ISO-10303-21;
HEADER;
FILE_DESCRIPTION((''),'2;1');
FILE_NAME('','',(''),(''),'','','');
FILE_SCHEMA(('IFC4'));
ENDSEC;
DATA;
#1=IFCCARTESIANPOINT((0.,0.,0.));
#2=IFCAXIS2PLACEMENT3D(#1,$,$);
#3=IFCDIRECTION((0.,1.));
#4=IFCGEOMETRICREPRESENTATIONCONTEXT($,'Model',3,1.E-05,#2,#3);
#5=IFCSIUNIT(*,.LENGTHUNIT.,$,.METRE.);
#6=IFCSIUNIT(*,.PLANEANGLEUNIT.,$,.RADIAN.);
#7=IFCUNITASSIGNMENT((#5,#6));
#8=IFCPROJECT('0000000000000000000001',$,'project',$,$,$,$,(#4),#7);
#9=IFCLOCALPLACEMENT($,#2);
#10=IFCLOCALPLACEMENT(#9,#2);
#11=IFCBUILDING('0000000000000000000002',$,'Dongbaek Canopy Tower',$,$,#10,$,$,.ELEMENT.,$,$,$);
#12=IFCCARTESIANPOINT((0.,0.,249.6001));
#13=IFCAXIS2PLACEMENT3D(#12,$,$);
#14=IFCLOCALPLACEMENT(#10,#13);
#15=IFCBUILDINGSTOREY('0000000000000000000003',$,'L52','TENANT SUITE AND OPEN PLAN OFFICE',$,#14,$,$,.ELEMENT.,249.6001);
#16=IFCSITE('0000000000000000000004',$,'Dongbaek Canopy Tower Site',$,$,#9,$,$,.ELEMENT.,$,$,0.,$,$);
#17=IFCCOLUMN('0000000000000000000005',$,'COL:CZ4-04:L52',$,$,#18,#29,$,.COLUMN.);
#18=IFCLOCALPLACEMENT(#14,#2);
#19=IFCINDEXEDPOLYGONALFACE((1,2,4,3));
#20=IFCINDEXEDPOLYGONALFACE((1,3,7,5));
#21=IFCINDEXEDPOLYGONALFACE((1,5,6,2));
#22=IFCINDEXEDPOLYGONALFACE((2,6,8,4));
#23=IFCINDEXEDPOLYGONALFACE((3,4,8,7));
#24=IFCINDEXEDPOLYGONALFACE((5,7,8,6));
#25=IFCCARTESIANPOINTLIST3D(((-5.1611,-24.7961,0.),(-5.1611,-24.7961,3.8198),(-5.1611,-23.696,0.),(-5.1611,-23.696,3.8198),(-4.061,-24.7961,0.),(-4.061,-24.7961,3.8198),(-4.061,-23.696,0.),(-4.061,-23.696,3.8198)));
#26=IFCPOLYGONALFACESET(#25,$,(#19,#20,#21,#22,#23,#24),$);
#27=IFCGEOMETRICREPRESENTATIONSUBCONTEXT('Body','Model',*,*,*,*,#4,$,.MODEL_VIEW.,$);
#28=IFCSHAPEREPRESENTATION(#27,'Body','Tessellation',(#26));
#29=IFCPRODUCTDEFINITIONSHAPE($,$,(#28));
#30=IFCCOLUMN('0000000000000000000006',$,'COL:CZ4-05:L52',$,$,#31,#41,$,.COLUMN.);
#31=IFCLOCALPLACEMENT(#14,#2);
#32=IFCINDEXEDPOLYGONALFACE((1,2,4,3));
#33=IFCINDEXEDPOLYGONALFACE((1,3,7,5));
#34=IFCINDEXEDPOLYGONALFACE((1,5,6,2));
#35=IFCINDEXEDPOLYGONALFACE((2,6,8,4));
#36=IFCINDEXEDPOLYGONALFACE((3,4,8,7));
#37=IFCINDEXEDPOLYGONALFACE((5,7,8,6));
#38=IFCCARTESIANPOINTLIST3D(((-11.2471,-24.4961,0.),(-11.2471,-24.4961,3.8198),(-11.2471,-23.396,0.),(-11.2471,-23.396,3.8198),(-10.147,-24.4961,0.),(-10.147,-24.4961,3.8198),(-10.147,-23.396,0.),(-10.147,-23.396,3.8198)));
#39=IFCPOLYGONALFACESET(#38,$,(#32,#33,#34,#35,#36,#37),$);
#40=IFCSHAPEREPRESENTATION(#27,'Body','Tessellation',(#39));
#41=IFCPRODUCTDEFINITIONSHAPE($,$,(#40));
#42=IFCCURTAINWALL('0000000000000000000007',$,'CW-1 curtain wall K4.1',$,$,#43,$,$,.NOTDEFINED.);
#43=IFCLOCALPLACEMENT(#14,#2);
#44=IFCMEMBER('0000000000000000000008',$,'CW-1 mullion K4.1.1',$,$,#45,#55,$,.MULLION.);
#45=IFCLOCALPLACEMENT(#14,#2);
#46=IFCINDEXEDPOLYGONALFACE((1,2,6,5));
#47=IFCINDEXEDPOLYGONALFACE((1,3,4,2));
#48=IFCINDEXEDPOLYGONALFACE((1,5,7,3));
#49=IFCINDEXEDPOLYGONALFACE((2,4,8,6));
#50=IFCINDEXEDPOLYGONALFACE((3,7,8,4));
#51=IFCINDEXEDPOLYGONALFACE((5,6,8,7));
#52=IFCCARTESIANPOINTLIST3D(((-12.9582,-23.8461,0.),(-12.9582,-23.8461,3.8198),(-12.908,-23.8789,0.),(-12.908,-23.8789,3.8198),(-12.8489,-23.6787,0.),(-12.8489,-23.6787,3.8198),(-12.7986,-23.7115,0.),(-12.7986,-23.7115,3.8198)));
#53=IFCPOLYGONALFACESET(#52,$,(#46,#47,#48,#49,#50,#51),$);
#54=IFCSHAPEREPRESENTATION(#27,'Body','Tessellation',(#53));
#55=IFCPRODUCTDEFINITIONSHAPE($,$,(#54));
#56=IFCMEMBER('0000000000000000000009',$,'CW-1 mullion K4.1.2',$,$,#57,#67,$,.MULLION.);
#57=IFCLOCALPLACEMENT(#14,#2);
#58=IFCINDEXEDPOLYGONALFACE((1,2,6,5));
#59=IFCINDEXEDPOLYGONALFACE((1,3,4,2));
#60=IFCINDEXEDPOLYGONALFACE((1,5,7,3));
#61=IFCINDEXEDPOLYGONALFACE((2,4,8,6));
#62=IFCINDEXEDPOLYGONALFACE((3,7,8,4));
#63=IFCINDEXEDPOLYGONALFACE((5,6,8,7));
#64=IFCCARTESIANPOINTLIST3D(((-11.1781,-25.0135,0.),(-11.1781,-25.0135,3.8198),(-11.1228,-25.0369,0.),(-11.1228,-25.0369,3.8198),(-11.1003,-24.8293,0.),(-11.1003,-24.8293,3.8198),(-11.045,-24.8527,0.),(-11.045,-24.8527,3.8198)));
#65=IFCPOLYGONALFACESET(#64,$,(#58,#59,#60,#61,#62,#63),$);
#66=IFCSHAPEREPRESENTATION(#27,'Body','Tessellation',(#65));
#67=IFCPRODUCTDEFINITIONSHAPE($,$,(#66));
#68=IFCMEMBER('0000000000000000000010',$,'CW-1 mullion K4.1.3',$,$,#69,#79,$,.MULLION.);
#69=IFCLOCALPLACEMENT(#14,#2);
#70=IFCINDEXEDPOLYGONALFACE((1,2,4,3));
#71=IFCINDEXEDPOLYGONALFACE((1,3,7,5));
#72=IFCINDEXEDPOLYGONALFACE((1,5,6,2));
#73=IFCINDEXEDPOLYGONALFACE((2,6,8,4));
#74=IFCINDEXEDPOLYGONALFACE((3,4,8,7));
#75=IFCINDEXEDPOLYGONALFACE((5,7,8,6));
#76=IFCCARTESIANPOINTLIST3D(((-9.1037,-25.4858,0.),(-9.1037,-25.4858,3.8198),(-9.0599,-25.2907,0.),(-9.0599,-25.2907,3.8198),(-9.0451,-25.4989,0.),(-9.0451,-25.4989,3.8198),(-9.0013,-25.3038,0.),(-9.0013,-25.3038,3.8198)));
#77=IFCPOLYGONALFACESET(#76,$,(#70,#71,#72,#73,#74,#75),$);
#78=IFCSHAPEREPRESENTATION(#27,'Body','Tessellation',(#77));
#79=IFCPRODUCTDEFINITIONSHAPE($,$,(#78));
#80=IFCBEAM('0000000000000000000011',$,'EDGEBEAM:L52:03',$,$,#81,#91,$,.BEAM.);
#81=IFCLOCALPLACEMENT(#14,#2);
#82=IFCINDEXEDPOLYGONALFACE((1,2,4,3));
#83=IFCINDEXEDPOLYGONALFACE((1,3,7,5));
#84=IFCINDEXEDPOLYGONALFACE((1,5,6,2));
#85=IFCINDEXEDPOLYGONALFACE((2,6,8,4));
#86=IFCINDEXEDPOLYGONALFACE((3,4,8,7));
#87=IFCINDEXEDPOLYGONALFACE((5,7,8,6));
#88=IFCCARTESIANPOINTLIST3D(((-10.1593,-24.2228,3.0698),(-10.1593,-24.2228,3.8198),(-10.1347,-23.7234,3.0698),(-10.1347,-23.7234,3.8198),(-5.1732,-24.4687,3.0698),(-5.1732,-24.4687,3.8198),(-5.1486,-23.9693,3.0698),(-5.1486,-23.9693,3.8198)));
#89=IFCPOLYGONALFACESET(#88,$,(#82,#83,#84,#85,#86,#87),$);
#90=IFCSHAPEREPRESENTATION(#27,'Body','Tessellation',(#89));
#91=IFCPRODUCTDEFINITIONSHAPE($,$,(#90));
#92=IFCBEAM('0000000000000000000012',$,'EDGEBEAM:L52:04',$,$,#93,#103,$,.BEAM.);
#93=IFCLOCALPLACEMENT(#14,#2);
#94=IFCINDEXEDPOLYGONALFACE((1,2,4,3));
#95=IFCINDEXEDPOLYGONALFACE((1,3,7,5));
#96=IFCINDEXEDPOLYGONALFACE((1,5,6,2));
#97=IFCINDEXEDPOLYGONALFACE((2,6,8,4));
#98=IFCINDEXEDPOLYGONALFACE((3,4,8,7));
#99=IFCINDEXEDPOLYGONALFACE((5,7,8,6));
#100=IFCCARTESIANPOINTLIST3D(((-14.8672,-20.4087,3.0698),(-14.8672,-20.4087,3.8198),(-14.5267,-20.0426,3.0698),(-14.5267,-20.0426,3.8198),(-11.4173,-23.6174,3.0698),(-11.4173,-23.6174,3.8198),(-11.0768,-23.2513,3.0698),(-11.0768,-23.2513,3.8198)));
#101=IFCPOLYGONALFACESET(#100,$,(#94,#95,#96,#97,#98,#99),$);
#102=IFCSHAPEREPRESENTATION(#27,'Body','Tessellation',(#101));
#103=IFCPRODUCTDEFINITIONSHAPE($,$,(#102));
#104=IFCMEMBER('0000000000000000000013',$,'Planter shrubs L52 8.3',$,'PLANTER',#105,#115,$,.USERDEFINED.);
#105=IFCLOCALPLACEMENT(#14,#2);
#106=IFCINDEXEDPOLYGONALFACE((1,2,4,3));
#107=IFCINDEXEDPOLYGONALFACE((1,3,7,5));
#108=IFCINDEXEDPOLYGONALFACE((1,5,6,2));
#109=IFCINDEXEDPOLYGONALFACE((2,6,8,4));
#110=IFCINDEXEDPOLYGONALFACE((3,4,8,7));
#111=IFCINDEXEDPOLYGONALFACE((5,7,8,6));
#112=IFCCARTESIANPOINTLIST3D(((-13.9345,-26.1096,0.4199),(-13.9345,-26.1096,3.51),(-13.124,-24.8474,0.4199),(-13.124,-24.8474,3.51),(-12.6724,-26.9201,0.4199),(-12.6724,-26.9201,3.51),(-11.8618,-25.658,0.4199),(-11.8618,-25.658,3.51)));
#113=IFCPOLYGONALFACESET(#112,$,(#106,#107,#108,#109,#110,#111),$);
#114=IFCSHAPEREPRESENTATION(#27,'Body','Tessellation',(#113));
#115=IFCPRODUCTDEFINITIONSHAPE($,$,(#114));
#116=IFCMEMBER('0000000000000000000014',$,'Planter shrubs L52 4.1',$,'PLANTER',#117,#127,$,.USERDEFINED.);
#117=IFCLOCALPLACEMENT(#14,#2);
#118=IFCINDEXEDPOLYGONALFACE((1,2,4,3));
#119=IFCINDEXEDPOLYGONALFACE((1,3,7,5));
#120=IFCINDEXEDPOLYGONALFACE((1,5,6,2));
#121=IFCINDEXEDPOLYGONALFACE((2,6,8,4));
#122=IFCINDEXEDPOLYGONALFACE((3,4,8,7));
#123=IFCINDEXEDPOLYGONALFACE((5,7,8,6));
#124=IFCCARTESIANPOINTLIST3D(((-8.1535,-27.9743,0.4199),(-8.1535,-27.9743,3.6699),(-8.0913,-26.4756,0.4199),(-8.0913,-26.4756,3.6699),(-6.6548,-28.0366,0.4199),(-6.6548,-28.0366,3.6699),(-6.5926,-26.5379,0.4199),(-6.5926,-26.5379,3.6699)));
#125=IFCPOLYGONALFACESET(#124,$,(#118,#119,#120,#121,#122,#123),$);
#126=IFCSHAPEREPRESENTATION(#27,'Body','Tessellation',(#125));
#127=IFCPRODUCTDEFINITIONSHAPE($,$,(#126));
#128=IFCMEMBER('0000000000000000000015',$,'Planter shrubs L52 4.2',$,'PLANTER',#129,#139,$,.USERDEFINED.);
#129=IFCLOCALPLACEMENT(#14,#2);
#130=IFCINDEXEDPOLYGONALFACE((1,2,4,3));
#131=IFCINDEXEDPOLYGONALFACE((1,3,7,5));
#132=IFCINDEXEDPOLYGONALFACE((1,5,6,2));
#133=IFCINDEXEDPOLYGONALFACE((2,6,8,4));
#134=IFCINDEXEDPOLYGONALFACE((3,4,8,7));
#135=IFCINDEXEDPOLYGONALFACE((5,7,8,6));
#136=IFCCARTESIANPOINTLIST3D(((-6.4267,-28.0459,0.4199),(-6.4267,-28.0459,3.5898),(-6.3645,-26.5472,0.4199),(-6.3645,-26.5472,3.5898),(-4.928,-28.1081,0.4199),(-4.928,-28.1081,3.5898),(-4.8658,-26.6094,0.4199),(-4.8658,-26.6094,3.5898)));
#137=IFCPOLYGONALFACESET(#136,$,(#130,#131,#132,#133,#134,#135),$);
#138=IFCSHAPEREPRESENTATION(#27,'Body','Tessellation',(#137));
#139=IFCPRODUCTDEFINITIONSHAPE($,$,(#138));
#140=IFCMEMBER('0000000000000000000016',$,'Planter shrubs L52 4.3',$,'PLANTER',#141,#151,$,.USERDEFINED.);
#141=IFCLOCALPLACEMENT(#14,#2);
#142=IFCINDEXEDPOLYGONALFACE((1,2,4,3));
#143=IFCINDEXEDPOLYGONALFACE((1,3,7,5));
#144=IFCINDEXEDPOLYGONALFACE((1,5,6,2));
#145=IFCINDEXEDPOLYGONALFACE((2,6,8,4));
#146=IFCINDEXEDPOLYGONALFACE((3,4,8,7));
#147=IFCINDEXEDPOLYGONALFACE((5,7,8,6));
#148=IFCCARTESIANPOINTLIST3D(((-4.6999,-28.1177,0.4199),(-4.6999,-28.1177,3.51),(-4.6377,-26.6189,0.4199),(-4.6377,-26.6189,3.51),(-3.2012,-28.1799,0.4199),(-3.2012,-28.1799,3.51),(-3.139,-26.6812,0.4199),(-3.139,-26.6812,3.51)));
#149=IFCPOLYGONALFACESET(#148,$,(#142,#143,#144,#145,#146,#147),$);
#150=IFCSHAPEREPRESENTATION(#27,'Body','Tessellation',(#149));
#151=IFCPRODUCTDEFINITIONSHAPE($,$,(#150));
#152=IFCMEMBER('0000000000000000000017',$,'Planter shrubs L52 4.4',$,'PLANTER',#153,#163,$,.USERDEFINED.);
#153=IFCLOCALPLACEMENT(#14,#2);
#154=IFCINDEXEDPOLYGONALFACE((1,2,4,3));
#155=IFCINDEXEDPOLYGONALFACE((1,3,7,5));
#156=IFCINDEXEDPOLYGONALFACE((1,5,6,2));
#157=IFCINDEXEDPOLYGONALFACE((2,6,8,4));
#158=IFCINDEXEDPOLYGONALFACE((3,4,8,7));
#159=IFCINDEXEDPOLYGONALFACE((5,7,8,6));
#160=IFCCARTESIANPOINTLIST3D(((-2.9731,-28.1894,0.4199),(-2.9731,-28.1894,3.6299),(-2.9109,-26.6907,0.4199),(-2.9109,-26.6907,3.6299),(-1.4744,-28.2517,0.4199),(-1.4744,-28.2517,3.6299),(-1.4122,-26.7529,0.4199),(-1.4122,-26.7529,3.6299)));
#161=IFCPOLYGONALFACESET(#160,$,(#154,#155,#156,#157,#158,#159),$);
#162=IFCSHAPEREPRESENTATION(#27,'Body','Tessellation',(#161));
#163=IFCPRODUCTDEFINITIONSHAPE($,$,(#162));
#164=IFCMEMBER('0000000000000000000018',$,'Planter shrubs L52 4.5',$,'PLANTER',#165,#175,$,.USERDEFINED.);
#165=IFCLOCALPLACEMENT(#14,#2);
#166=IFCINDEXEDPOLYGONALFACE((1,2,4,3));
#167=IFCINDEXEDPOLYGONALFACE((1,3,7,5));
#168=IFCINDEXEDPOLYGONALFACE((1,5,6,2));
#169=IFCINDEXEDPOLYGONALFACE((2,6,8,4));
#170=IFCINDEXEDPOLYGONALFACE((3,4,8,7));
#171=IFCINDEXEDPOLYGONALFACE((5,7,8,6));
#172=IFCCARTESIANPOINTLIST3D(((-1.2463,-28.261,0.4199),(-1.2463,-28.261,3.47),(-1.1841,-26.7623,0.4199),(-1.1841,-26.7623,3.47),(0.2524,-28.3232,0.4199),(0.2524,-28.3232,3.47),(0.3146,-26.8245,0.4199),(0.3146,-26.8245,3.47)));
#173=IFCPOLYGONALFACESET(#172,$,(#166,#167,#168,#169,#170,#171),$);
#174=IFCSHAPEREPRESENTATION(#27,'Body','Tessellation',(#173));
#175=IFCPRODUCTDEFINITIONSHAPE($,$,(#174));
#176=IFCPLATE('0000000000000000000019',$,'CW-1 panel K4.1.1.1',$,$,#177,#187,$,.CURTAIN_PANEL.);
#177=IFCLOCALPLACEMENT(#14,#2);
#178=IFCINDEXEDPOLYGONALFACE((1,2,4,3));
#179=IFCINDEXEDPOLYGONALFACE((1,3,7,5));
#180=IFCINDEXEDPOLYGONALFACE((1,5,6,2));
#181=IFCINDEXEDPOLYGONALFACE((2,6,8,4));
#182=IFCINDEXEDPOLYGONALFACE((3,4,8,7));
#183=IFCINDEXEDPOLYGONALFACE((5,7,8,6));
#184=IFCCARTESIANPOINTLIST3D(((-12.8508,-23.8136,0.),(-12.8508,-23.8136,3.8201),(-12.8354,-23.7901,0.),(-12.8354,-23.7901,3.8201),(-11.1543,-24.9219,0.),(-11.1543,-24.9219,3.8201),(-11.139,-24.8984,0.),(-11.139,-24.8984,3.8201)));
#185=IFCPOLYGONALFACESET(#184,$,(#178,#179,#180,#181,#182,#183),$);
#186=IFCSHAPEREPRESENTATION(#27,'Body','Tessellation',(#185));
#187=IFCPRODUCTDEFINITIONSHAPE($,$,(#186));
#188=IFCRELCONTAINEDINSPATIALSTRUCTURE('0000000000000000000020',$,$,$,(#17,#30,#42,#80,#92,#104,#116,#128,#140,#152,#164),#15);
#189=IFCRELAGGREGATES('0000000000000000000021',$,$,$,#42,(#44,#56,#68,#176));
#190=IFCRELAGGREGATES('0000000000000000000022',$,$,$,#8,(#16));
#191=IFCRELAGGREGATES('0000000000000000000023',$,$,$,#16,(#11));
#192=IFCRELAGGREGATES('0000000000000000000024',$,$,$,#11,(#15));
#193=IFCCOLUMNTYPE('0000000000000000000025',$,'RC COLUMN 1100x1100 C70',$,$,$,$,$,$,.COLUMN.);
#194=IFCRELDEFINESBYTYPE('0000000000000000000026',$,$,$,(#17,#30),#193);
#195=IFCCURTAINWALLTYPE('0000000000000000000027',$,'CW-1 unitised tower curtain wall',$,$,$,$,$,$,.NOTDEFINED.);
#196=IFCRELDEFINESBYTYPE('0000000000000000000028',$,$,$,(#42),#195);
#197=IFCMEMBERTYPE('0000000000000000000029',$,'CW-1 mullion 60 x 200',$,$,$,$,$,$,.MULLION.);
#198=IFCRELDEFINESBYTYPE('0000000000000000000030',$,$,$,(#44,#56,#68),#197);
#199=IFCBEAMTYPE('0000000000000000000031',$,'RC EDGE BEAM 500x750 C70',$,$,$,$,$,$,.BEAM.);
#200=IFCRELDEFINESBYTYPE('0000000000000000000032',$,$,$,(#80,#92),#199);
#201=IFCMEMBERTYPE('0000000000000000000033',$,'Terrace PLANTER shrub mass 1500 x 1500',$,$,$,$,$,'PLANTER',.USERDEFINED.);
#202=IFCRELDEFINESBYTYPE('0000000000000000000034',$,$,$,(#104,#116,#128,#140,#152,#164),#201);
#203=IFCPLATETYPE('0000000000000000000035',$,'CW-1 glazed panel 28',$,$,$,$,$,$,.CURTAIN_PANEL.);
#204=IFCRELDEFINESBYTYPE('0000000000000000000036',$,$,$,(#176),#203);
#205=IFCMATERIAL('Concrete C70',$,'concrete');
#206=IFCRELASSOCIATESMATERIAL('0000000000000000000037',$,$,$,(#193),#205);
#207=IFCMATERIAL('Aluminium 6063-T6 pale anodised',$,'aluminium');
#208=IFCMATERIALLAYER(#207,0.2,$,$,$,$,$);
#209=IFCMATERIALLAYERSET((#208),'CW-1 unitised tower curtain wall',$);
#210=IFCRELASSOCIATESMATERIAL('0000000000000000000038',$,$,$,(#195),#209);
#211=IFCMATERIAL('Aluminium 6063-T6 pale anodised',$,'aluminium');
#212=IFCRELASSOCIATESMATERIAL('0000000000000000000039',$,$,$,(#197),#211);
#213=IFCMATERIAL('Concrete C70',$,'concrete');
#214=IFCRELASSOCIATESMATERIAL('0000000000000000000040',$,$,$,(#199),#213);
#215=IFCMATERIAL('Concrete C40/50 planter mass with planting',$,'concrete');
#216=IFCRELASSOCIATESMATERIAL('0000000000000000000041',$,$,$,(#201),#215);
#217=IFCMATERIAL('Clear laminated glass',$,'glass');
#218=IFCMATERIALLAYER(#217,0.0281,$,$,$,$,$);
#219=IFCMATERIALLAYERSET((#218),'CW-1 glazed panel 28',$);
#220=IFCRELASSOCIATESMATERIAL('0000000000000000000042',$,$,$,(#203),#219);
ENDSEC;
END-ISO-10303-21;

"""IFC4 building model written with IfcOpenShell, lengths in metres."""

from ifc_helpers import new_model, si_unit, direction, frame, origin, origin_2d, place, context, subcontext, project, spatial, rectangle, extrude, material, layer, layer_set, material_profile, profile_set, type_object, element, aggregate, save


model = new_model("IFC4")

# Units and contexts
model_context = context("Model", 3, precision=1e-05, world=origin(), true_north=direction((0.0, 1.0)))
body_context = subcontext(model_context, "Body", "Model", "MODEL_VIEW")
ifc_project = project(units=[si_unit("LENGTHUNIT", "METRE"), si_unit("PLANEANGLEUNIT", "RADIAN")], contexts=[model_context])

# Site, building, storey
site_placement = place(None, origin())
site = spatial("IfcSite", under=ifc_project, at=site_placement, Name="Dongbaek Canopy Tower Site", CompositionType="ELEMENT", RefElevation=0.0)
building_placement = place(site_placement, origin())
building = spatial("IfcBuilding", under=site, at=building_placement, Name="Dongbaek Canopy Tower", CompositionType="ELEMENT")
storey_placement = place(building_placement, frame((0.0, 0.0, 249.6001)))
storey = spatial("IfcBuildingStorey", under=building, at=storey_placement, Name="L52", Description="TENANT SUITE AND OPEN PLAN OFFICE", CompositionType="ELEMENT", Elevation=249.6001)

# Columns
ifc_material_1 = material(Name="Concrete C70", Category="concrete")
ifc_material_profile_1 = material_profile(ifc_material_1, rectangle(XDim=1.1001, YDim=1.1001, at=origin_2d()), Name="RC COLUMN 1100x1100 C70")
ifc_profile_set_1 = profile_set([ifc_material_profile_1], Name="Concrete C70")
column_type = type_object("IfcColumnType", Name="RC COLUMN 1100x1100 C70", PredefinedType="COLUMN", material=ifc_profile_set_1)
for number, where, z_axis, x_axis, name in (
    (1, (-4.6111, -24.2461, 0.0), (0.0, 0.0, 1.0), (1.0, 0.0, 0.0), "COL:CZ4-04:L52"),
    (2, (-10.697, -23.946, 0.0), (0.0, 0.0, 1.0), (1.0, 0.0, 0.0), "COL:CZ4-05:L52"),
):
    element("IfcColumn", number, at=place(storey_placement, frame(where, z_axis=z_axis, x_axis=x_axis)), inside=storey, type_object=column_type, Name=name, PredefinedType="COLUMN", context=body_context, shape_type="SweptSolid", body=[
        extrude(rectangle(XDim=1.1001, YDim=1.1001, at=origin_2d()), origin(), (0.0, 0.0, 1.0), 3.8198),
    ])

# Curtain wall, members
ifc_material_2 = material(Name="Aluminium 6063-T6 pale anodised", Category="aluminium")
ifc_layer_1 = layer(ifc_material_2, 0.2)
ifc_layer_set_1 = layer_set([ifc_layer_1], Name="CW-1 unitised tower curtain wall")
curtain_wall_type = type_object("IfcCurtainWallType", Name="CW-1 unitised tower curtain wall", PredefinedType="NOTDEFINED", material=ifc_layer_set_1)
curtain_wall_placement = place(storey_placement, origin())
curtain_wall = element("IfcCurtainWall", 3, at=curtain_wall_placement, inside=storey, type_object=curtain_wall_type, Name="CW-1 curtain wall K4.1", PredefinedType="NOTDEFINED")
ifc_material_3 = material(Name="Aluminium 6063-T6 pale anodised", Category="aluminium")
ifc_material_profile_2 = material_profile(ifc_material_3, rectangle(XDim=0.2, YDim=0.0601, at=origin_2d()), Name="CW-1 mullion 60 x 200")
ifc_profile_set_2 = profile_set([ifc_material_profile_2], Name="Aluminium 6063-T6 pale anodised")
member_type_1 = type_object("IfcMemberType", Name="CW-1 mullion 60 x 200", PredefinedType="MULLION", material=ifc_profile_set_2)
member_1_placement = place(storey_placement, frame((-12.8784, -23.7788, 0.0), z_axis=(0.0, 0.0, 1.0), x_axis=(-0.546938, -0.837173, 0.0)))
member_1 = element("IfcMember", 4, at=member_1_placement, type_object=member_type_1, Name="CW-1 mullion K4.1.1", PredefinedType="MULLION", context=body_context, shape_type="SweptSolid", body=[
    extrude(rectangle(XDim=0.2, YDim=0.0601, at=origin_2d()), origin(), (0.0, 0.0, 1.0), 3.8198),
])
member_2_placement = place(storey_placement, frame((-11.1116, -24.9331, 0.0), z_axis=(0.0, 0.0, 1.0), x_axis=(-0.38908, -0.921204, 0.0)))
member_2 = element("IfcMember", 5, at=member_2_placement, type_object=member_type_1, Name="CW-1 mullion K4.1.2", PredefinedType="MULLION", context=body_context, shape_type="SweptSolid", body=[
    extrude(rectangle(XDim=0.2, YDim=0.0601, at=origin_2d()), origin(), (0.0, 0.0, 1.0), 3.8198),
])
member_3_placement = place(storey_placement, frame((-9.0525, -25.3948, 0.0), z_axis=(0.0, 0.0, 1.0), x_axis=(-0.218779, -0.975774, 0.0)))
member_3 = element("IfcMember", 6, at=member_3_placement, type_object=member_type_1, Name="CW-1 mullion K4.1.3", PredefinedType="MULLION", context=body_context, shape_type="SweptSolid", body=[
    extrude(rectangle(XDim=0.2, YDim=0.0601, at=origin_2d()), origin(), (0.0, 0.0, 1.0), 3.8198),
])

# Beams
ifc_material_4 = material(Name="Concrete C70", Category="concrete")
ifc_material_profile_3 = material_profile(ifc_material_4, rectangle(XDim=0.5, YDim=0.75, at=origin_2d()), Name="RC EDGE BEAM 500x750 C70")
ifc_profile_set_3 = profile_set([ifc_material_profile_3], Name="Concrete C70")
beam_type = type_object("IfcBeamType", Name="RC EDGE BEAM 500x750 C70", PredefinedType="BEAM", material=ifc_profile_set_3)
beam_1_placement = place(storey_placement, frame((-5.1609, -24.219, 3.4448), z_axis=(-0.998787, 0.049247, 0.0), x_axis=(-0.049247, -0.998787, 0.0)))
element("IfcBeam", 7, at=beam_1_placement, inside=storey, type_object=beam_type, Name="EDGEBEAM:L52:03", PredefinedType="BEAM", context=body_context, shape_type="SweptSolid", body=[
    extrude(rectangle(XDim=0.5, YDim=0.75, at=origin_2d()), origin(), (0.0, 0.0, 1.0), 4.9922),
])
beam_2_placement = place(storey_placement, frame((-11.2471, -23.4343, 3.4448), z_axis=(-0.732241, 0.681045, 0.0), x_axis=(-0.681045, -0.732241, 0.0)))
element("IfcBeam", 8, at=beam_2_placement, inside=storey, type_object=beam_type, Name="EDGEBEAM:L52:04", PredefinedType="BEAM", context=body_context, shape_type="SweptSolid", body=[
    extrude(rectangle(XDim=0.5, YDim=0.75, at=origin_2d()), origin(), (0.0, 0.0, 1.0), 4.7114),
])

# Members
ifc_material_5 = material(Name="Concrete C40/50 planter mass with planting", Category="concrete")
ifc_material_profile_4 = material_profile(ifc_material_5, rectangle(XDim=1.5, YDim=1.5, at=origin_2d()), Name="Terrace PLANTER shrub mass 1500 x 1500")
ifc_profile_set_4 = profile_set([ifc_material_profile_4], Name="Concrete C40/50 planter mass with planting")
member_type_2 = type_object("IfcMemberType", Name="Terrace PLANTER shrub mass 1500 x 1500", ElementType="PLANTER", PredefinedType="USERDEFINED", material=ifc_profile_set_4)
member_4_placement = place(storey_placement, frame((-12.8982, -25.8838, 0.4199), z_axis=(0.0, 0.0, 1.0), x_axis=(-0.540374, -0.841425, 0.0)))
element("IfcMember", 9, at=member_4_placement, inside=storey, type_object=member_type_2, Name="Planter shrubs L52 8.3", ObjectType="PLANTER", PredefinedType="USERDEFINED", context=body_context, shape_type="SweptSolid", body=[
    extrude(rectangle(XDim=1.5, YDim=1.5, at=origin_2d()), origin(), (0.0, 0.0, 1.0), 3.0901),
])
member_5_placement = place(storey_placement, frame((-7.373, -27.2561, 0.4199), z_axis=(0.0, 0.0, 1.0), x_axis=(-0.041481, -0.999139, 0.0)))
element("IfcMember", 10, at=member_5_placement, inside=storey, type_object=member_type_2, Name="Planter shrubs L52 4.1", ObjectType="PLANTER", PredefinedType="USERDEFINED", context=body_context, shape_type="SweptSolid", body=[
    extrude(rectangle(XDim=1.5, YDim=1.5, at=origin_2d()), origin(), (0.0, 0.0, 1.0), 3.25),
])
member_6_placement = place(storey_placement, frame((-5.6462, -27.3276, 0.4199), z_axis=(0.0, 0.0, 1.0), x_axis=(-0.041481, -0.999139, 0.0)))
element("IfcMember", 11, at=member_6_placement, inside=storey, type_object=member_type_2, Name="Planter shrubs L52 4.2", ObjectType="PLANTER", PredefinedType="USERDEFINED", context=body_context, shape_type="SweptSolid", body=[
    extrude(rectangle(XDim=1.5, YDim=1.5, at=origin_2d()), origin(), (0.0, 0.0, 1.0), 3.1699),
])
member_7_placement = place(storey_placement, frame((-3.9194, -27.3994, 0.4199), z_axis=(0.0, 0.0, 1.0), x_axis=(-0.041481, -0.999139, 0.0)))
element("IfcMember", 12, at=member_7_placement, inside=storey, type_object=member_type_2, Name="Planter shrubs L52 4.3", ObjectType="PLANTER", PredefinedType="USERDEFINED", context=body_context, shape_type="SweptSolid", body=[
    extrude(rectangle(XDim=1.5, YDim=1.5, at=origin_2d()), origin(), (0.0, 0.0, 1.0), 3.0901),
])
member_8_placement = place(storey_placement, frame((-2.1926, -27.4712, 0.4199), z_axis=(0.0, 0.0, 1.0), x_axis=(-0.041481, -0.999139, 0.0)))
element("IfcMember", 13, at=member_8_placement, inside=storey, type_object=member_type_2, Name="Planter shrubs L52 4.4", ObjectType="PLANTER", PredefinedType="USERDEFINED", context=body_context, shape_type="SweptSolid", body=[
    extrude(rectangle(XDim=1.5, YDim=1.5, at=origin_2d()), origin(), (0.0, 0.0, 1.0), 3.21),
])
member_9_placement = place(storey_placement, frame((-0.4658, -27.5427, 0.4199), z_axis=(0.0, 0.0, 1.0), x_axis=(-0.041481, -0.999139, 0.0)))
element("IfcMember", 14, at=member_9_placement, inside=storey, type_object=member_type_2, Name="Planter shrubs L52 4.5", ObjectType="PLANTER", PredefinedType="USERDEFINED", context=body_context, shape_type="SweptSolid", body=[
    extrude(rectangle(XDim=1.5, YDim=1.5, at=origin_2d()), origin(), (0.0, 0.0, 1.0), 3.05),
])

# Plate
ifc_material_6 = material(Name="Clear laminated glass", Category="glass")
ifc_layer_2 = layer(ifc_material_6, 0.0281)
ifc_layer_set_2 = layer_set([ifc_layer_2], Name="CW-1 glazed panel 28")
plate_type = type_object("IfcPlateType", Name="CW-1 glazed panel 28", PredefinedType="CURTAIN_PANEL", material=ifc_layer_set_2)
plate_1_placement = place(storey_placement, frame((-11.9949, -24.356, 0.0), z_axis=(0.0, 0.0, 1.0), x_axis=(0.837173, -0.546938, 0.0)))
plate_1 = element("IfcPlate", 15, at=plate_1_placement, type_object=plate_type, Name="CW-1 panel K4.1.1.1", PredefinedType="CURTAIN_PANEL", context=body_context, shape_type="SweptSolid", body=[
    extrude(rectangle(XDim=2.0264, YDim=0.0281, at=origin_2d()), origin(), (0.0, 0.0, 1.0), 3.8201),
])
aggregate(curtain_wall, [member_1, member_2, member_3, plate_1])

save(model, "model.ifc")
